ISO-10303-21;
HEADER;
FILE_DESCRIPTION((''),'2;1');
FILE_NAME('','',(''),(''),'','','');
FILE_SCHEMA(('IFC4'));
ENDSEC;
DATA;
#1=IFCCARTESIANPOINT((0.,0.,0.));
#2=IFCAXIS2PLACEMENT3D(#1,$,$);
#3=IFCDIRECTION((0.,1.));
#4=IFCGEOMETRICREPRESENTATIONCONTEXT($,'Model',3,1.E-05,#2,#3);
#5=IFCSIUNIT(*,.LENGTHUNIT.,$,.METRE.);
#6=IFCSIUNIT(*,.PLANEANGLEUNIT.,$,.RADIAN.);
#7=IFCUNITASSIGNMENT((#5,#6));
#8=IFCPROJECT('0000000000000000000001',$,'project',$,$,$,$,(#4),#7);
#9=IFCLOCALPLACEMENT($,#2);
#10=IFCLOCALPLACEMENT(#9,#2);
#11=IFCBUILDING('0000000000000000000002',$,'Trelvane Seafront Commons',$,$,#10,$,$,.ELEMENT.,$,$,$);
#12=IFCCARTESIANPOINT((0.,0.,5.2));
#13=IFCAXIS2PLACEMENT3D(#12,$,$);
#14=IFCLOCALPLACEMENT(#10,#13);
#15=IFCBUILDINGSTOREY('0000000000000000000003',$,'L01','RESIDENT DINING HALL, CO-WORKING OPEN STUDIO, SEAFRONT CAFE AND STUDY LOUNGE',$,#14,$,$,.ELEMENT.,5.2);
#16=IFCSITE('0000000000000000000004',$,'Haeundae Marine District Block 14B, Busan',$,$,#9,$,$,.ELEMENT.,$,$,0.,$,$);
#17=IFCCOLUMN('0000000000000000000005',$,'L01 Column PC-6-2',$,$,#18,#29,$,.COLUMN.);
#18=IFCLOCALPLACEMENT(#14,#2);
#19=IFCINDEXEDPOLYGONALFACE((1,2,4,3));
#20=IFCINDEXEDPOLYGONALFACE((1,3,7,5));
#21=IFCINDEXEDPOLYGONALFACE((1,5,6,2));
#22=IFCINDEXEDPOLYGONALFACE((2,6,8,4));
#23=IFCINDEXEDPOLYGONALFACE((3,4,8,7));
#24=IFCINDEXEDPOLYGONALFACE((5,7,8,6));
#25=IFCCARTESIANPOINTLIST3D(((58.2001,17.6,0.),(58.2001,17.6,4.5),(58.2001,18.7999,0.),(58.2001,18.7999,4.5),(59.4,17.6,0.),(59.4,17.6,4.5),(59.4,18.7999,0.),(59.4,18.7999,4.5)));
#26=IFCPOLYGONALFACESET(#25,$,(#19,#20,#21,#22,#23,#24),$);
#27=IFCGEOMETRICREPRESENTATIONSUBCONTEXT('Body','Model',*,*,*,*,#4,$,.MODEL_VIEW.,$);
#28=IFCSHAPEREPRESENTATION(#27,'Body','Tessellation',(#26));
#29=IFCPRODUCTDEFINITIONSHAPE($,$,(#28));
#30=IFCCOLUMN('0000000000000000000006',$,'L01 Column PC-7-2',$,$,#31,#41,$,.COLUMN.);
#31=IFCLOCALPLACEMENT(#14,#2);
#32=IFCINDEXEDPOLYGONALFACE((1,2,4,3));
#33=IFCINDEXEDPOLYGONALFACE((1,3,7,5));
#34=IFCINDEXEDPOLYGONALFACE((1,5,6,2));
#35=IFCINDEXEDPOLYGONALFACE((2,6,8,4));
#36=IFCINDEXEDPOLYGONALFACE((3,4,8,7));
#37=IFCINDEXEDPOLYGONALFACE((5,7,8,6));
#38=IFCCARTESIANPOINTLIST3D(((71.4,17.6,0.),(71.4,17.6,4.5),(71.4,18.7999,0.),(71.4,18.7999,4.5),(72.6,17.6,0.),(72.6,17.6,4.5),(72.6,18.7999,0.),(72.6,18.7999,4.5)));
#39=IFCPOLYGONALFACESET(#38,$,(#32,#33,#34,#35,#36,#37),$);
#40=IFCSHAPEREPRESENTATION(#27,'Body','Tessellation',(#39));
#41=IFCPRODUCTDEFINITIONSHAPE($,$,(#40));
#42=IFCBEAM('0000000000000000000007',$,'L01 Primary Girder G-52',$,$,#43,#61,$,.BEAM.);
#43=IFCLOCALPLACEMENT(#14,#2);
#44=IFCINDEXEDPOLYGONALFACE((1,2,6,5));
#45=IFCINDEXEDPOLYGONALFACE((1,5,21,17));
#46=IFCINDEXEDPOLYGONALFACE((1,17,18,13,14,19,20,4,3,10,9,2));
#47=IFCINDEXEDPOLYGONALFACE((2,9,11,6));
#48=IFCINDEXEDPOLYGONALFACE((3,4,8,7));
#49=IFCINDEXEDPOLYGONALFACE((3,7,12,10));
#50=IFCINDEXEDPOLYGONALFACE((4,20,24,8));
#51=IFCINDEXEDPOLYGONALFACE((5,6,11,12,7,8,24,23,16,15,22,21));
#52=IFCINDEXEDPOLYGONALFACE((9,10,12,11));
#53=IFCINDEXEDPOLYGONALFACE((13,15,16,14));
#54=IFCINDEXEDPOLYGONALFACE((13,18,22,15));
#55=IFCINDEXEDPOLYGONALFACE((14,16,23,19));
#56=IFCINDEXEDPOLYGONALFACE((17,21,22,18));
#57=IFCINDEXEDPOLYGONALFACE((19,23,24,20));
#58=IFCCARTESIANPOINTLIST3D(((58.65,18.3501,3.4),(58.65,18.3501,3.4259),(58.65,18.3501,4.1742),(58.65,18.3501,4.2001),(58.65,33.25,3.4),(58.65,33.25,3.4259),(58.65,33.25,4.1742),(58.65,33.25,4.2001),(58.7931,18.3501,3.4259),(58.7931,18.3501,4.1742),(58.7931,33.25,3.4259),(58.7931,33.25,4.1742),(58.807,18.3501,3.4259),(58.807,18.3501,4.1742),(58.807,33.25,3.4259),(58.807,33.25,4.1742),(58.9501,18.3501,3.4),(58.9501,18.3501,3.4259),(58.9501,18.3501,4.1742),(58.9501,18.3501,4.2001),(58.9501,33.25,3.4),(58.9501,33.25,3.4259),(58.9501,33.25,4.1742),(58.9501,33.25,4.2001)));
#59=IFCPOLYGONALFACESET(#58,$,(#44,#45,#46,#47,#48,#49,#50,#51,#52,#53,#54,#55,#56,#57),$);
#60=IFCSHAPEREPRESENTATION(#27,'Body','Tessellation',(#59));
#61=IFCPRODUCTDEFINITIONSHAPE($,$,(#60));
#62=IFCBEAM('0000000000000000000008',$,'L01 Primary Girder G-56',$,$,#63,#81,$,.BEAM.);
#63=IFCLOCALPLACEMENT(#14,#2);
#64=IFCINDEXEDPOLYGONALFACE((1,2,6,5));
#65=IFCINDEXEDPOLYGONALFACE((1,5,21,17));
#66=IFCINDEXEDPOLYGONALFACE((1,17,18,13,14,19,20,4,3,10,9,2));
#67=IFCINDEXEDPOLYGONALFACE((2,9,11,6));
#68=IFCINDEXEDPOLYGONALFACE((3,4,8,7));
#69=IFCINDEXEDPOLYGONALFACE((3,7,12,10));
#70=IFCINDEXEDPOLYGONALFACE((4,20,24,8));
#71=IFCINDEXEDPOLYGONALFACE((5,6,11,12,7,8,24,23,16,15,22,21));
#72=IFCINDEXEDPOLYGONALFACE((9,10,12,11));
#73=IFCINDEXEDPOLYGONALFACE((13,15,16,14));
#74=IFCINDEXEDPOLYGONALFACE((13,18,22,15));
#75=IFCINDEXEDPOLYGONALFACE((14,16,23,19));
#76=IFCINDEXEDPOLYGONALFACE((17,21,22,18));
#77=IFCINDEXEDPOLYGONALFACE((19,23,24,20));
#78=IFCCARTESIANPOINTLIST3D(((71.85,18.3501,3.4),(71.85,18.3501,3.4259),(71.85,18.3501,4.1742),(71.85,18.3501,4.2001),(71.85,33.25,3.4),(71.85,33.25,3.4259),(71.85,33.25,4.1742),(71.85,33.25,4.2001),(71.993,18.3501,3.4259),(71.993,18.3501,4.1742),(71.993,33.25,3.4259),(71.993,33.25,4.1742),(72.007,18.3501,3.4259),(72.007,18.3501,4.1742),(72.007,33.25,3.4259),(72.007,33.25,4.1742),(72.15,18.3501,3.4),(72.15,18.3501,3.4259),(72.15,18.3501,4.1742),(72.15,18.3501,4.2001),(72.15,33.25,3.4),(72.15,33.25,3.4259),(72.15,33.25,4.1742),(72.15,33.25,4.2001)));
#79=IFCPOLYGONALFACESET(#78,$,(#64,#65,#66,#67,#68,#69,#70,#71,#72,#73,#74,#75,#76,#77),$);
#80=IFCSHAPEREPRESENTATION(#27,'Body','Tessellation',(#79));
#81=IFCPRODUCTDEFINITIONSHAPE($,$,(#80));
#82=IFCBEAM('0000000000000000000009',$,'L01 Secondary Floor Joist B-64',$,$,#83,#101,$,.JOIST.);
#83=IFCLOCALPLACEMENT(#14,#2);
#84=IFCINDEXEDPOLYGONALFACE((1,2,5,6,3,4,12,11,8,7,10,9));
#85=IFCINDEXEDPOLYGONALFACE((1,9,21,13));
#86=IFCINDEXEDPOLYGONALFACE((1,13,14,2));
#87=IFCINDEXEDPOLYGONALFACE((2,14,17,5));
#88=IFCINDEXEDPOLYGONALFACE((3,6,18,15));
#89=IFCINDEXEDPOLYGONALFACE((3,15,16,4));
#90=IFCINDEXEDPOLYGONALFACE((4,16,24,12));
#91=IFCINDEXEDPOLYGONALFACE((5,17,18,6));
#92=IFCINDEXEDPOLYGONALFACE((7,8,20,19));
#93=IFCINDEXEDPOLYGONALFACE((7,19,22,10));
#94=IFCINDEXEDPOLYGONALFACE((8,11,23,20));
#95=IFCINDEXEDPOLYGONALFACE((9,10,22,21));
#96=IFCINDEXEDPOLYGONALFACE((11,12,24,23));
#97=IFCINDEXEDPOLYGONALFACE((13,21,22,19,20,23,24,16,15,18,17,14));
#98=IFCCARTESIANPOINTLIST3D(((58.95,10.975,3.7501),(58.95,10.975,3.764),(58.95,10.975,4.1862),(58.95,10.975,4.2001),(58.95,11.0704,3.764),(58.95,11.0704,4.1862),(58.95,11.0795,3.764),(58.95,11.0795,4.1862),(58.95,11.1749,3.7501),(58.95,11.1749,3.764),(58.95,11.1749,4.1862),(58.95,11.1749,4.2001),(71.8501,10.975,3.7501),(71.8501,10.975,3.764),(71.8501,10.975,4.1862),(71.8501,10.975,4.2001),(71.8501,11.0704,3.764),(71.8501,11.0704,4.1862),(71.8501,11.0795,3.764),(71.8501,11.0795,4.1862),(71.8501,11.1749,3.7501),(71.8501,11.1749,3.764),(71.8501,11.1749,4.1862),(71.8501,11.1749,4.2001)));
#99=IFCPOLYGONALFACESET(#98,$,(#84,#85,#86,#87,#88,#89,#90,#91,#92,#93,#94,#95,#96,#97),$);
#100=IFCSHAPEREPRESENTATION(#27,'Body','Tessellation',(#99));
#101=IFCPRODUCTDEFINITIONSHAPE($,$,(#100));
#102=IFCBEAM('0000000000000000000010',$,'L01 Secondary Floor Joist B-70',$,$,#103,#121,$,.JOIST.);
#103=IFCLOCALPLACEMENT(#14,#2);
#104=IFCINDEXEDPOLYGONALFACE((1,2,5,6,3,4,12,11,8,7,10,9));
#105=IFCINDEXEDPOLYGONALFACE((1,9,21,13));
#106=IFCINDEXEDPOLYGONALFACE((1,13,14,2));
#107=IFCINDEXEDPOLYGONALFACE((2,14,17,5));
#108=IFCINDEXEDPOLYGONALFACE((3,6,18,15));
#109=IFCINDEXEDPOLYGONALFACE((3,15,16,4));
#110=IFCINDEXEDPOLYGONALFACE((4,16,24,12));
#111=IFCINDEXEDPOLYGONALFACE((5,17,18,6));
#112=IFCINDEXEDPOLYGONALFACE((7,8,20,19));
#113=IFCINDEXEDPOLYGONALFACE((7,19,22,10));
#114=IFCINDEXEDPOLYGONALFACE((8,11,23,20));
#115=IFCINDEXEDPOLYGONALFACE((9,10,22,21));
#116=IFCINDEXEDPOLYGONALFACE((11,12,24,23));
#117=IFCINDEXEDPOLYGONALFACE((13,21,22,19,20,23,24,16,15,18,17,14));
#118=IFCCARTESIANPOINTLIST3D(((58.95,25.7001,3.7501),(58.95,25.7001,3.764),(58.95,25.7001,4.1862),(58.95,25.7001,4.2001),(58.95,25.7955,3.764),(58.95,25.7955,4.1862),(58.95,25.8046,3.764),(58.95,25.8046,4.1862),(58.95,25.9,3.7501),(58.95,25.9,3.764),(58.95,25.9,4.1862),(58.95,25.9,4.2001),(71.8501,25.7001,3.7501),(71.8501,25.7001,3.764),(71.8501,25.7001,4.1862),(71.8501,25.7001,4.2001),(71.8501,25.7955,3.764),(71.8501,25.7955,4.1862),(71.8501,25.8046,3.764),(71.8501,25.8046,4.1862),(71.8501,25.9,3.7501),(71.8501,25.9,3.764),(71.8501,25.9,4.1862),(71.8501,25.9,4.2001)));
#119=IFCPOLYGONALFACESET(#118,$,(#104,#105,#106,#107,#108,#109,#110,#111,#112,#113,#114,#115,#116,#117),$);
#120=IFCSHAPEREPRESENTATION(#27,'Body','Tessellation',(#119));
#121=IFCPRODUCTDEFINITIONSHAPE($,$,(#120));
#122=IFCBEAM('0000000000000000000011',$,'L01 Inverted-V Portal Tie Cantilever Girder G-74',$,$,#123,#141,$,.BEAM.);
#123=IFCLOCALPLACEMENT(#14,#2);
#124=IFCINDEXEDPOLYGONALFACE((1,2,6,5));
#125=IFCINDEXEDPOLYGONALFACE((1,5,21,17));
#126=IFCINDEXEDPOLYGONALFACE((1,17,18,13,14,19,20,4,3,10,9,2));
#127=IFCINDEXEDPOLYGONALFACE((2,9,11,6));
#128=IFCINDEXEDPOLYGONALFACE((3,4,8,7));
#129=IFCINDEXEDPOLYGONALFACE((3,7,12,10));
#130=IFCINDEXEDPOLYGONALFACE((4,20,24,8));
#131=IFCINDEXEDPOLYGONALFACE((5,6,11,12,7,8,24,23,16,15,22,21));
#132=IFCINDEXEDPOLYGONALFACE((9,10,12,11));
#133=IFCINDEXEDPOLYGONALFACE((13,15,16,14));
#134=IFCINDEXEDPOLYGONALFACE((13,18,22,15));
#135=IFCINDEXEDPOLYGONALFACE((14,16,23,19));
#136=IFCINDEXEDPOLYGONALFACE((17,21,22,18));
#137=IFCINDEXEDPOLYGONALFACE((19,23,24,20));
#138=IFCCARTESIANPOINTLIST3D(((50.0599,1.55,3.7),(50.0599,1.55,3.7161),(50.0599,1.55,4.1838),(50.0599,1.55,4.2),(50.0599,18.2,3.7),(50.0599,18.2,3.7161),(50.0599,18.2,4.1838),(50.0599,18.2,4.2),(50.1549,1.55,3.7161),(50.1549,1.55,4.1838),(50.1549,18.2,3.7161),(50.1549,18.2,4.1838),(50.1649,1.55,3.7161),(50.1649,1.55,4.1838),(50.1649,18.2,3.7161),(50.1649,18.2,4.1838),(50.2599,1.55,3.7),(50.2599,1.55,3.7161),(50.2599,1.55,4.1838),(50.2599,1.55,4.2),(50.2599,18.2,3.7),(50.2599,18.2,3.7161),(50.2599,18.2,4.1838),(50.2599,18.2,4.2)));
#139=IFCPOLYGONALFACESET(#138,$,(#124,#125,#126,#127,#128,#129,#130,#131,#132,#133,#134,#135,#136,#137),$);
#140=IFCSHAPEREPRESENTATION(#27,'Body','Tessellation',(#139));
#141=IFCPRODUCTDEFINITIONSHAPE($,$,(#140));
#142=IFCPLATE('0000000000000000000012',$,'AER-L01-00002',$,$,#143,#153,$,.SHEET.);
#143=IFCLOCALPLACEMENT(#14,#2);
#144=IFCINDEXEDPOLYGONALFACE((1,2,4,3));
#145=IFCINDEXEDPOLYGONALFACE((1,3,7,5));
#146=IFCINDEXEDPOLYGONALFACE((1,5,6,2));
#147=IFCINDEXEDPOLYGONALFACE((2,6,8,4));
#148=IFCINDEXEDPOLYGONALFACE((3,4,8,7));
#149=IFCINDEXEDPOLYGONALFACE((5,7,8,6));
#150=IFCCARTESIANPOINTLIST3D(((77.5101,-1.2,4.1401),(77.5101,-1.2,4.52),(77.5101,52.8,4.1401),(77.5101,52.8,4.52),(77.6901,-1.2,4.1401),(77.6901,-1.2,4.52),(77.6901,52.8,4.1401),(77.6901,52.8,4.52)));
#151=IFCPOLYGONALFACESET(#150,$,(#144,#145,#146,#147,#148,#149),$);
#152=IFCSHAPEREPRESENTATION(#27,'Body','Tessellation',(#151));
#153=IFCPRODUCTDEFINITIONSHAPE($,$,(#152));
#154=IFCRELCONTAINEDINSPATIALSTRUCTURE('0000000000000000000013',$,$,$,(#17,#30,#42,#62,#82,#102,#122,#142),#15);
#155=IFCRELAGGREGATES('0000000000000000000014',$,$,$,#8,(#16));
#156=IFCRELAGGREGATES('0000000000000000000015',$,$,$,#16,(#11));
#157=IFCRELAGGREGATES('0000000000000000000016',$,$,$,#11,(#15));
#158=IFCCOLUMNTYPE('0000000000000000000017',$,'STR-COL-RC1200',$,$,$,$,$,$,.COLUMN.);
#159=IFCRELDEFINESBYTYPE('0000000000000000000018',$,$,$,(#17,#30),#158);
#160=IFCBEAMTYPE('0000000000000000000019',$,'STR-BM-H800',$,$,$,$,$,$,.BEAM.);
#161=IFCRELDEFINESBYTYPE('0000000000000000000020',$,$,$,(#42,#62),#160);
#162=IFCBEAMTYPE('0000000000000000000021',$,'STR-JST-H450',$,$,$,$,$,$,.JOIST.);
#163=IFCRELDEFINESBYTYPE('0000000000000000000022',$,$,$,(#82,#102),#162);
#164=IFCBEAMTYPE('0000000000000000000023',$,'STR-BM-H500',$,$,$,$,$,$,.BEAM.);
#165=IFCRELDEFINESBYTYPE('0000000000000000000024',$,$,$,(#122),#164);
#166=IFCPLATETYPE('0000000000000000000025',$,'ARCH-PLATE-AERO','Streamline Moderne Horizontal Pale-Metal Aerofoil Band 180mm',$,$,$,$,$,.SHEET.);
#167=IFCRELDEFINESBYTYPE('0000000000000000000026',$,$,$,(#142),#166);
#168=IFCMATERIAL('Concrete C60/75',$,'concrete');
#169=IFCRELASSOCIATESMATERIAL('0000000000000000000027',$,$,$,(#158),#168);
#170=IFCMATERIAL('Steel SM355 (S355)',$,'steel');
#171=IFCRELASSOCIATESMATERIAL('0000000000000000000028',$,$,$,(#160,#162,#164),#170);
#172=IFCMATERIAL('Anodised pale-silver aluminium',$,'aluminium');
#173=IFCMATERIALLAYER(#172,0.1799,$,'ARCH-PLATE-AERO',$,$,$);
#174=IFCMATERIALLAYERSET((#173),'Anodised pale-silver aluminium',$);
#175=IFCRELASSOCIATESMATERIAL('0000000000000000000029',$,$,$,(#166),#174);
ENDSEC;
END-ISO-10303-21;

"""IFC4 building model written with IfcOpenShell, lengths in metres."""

from ifc_helpers import new_model, si_unit, direction, frame, origin, origin_2d, place, context, subcontext, project, spatial, rectangle, i_section, extrude, source, transform, mapped, material, layer, layer_set, material_profile, profile_set, type_object, element, save


model = new_model("IFC4")

# Units and contexts
model_context = context("Model", 3, precision=1e-05, world=origin(), true_north=direction((0.0, 1.0)))
body_context = subcontext(model_context, "Body", "Model", "MODEL_VIEW")
ifc_project = project(units=[si_unit("LENGTHUNIT", "METRE"), si_unit("PLANEANGLEUNIT", "RADIAN")], contexts=[model_context])

# Site, building, storey
site_placement = place(None, origin())
site = spatial("IfcSite", under=ifc_project, at=site_placement, Name="Haeundae Marine District Block 14B, Busan", CompositionType="ELEMENT", RefElevation=0.0)
building_placement = place(site_placement, origin())
building = spatial("IfcBuilding", under=site, at=building_placement, Name="Trelvane Seafront Commons", CompositionType="ELEMENT")
storey_placement = place(building_placement, frame((0.0, 0.0, 5.2)))
storey = spatial("IfcBuildingStorey", under=building, at=storey_placement, Name="L01", Description="RESIDENT DINING HALL, CO-WORKING OPEN STUDIO, SEAFRONT CAFE AND STUDY LOUNGE", CompositionType="ELEMENT", Elevation=5.2)

# Columns
ifc_material_1 = material(Name="Concrete C60/75", Category="concrete")
ifc_material_profile_1 = material_profile(ifc_material_1, rectangle(XDim=1.2, YDim=1.2, at=origin_2d()), Name="RC-1200x1200")
ifc_profile_set_1 = profile_set([ifc_material_profile_1], Name="Concrete C60/75")
column_type = type_object("IfcColumnType", Name="STR-COL-RC1200", PredefinedType="COLUMN", material=ifc_profile_set_1)
shared_shape_1 = source(origin(), body_context, "Body", "SweptSolid", [
    extrude(rectangle(XDim=1.2, YDim=1.2, at=origin_2d()), origin(), (0.0, 0.0, 1.0), 4.5),
])
for number, where, z_axis, x_axis, name in (
    (1, (58.8, 18.2, 0.0), (0.0, 0.0, 1.0), (1.0, 0.0, 0.0), "L01 Column PC-6-2"),
    (2, (72.0, 18.2, 0.0), (0.0, 0.0, 1.0), (1.0, 0.0, 0.0), "L01 Column PC-7-2"),
):
    element("IfcColumn", number, at=place(storey_placement, frame(where, z_axis=z_axis, x_axis=x_axis)), inside=storey, type_object=column_type, Name=name, PredefinedType="COLUMN", context=body_context, shape_type="MappedRepresentation", body=[
        mapped(shared_shape_1, transform((0.0, 0.0, 0.0), x_axis=(1.0, 0.0, 0.0), y_axis=(0.0, 1.0, 0.0), z_axis=(0.0, 0.0, 1.0), scale=1.0)),
    ])

# Beams
ifc_material_2 = material(Name="Steel SM355 (S355)", Category="steel")
ifc_material_profile_2 = material_profile(ifc_material_2, i_section(OverallWidth=0.3, OverallDepth=0.8, WebThickness=0.0139, FlangeThickness=0.0259, at=origin_2d()), Name="H-800x300x14x26")
ifc_profile_set_2 = profile_set([ifc_material_profile_2], Name="Steel SM355 (S355)")
beam_type_1 = type_object("IfcBeamType", Name="STR-BM-H800", PredefinedType="BEAM", material=ifc_profile_set_2)
shared_shape_2 = source(origin(), body_context, "Body", "SweptSolid", [
    extrude(i_section(OverallWidth=0.3, OverallDepth=0.8, WebThickness=0.0139, FlangeThickness=0.0259, at=origin_2d()), origin(), (0.0, 0.0, 1.0), 14.8999),
])
for number, where, z_axis, x_axis, name in (
    (3, (58.8, 18.3501, 3.8), (0.0, 1.0, 0.0), (-1.0, 0.0, 0.0), "L01 Primary Girder G-52"),
    (4, (72.0, 18.3501, 3.8), (0.0, 1.0, 0.0), (-1.0, 0.0, 0.0), "L01 Primary Girder G-56"),
):
    element("IfcBeam", number, at=place(storey_placement, frame(where, z_axis=z_axis, x_axis=x_axis)), inside=storey, type_object=beam_type_1, Name=name, PredefinedType="BEAM", context=body_context, shape_type="MappedRepresentation", body=[
        mapped(shared_shape_2, transform((0.0, 0.0, 0.0), x_axis=(1.0, 0.0, 0.0), y_axis=(0.0, 1.0, 0.0), z_axis=(0.0, 0.0, 1.0), scale=1.0)),
    ])
ifc_material_profile_3 = material_profile(ifc_material_2, i_section(OverallWidth=0.2, OverallDepth=0.45, WebThickness=0.009, FlangeThickness=0.0139, at=origin_2d()), Name="H-450x200x9x14")
ifc_profile_set_3 = profile_set([ifc_material_profile_3], Name="Steel SM355 (S355)")
beam_type_2 = type_object("IfcBeamType", Name="STR-JST-H450", PredefinedType="JOIST", material=ifc_profile_set_3)
shared_shape_3 = source(origin(), body_context, "Body", "SweptSolid", [
    extrude(i_section(OverallWidth=0.2, OverallDepth=0.45, WebThickness=0.009, FlangeThickness=0.0139, at=origin_2d()), origin(), (0.0, 0.0, 1.0), 12.9001),
])
for number, where, z_axis, x_axis, name in (
    (5, (58.95, 11.075, 3.9751), (1.0, 0.0, 0.0), (0.0, 1.0, 0.0), "L01 Secondary Floor Joist B-64"),
    (6, (58.95, 25.8, 3.9751), (1.0, 0.0, 0.0), (0.0, 1.0, 0.0), "L01 Secondary Floor Joist B-70"),
):
    element("IfcBeam", number, at=place(storey_placement, frame(where, z_axis=z_axis, x_axis=x_axis)), inside=storey, type_object=beam_type_2, Name=name, PredefinedType="JOIST", context=body_context, shape_type="MappedRepresentation", body=[
        mapped(shared_shape_3, transform((0.0, 0.0, 0.0), x_axis=(1.0, 0.0, 0.0), y_axis=(0.0, 1.0, 0.0), z_axis=(0.0, 0.0, 1.0), scale=1.0)),
    ])
ifc_material_profile_4 = material_profile(ifc_material_2, i_section(OverallWidth=0.2, OverallDepth=0.5, WebThickness=0.01, FlangeThickness=0.0161, at=origin_2d()), Name="H-500x200x10x16")
ifc_profile_set_4 = profile_set([ifc_material_profile_4], Name="Steel SM355 (S355)")
beam_type_3 = type_object("IfcBeamType", Name="STR-BM-H500", PredefinedType="BEAM", material=ifc_profile_set_4)
shared_shape_4 = source(origin(), body_context, "Body", "SweptSolid", [
    extrude(i_section(OverallWidth=0.2, OverallDepth=0.5, WebThickness=0.01, FlangeThickness=0.0161, at=origin_2d()), origin(), (0.0, 0.0, 1.0), 16.6499),
])
beam_placement = place(storey_placement, frame((50.1599, 18.2, 3.95), z_axis=(0.0, -1.0, 0.0), x_axis=(1.0, 0.0, 0.0)))
element("IfcBeam", 7, at=beam_placement, inside=storey, type_object=beam_type_3, Name="L01 Inverted-V Portal Tie Cantilever Girder G-74", PredefinedType="BEAM", context=body_context, shape_type="MappedRepresentation", body=[
    mapped(shared_shape_4, transform((0.0, 0.0, 0.0), x_axis=(1.0, 0.0, 0.0), y_axis=(0.0, 1.0, 0.0), z_axis=(0.0, 0.0, 1.0), scale=1.0)),
])

# Plate
ifc_material_3 = material(Name="Anodised pale-silver aluminium", Category="aluminium")
ifc_layer_1 = layer(ifc_material_3, 0.1799, Name="ARCH-PLATE-AERO")
ifc_layer_set_1 = layer_set([ifc_layer_1], Name="Anodised pale-silver aluminium")
plate_type = type_object("IfcPlateType", Name="ARCH-PLATE-AERO", Description="Streamline Moderne Horizontal Pale-Metal Aerofoil Band 180mm", PredefinedType="SHEET", material=ifc_layer_set_1)
shared_shape_5 = source(origin(), body_context, "Body", "SweptSolid", [
    extrude(rectangle(XDim=54.0, YDim=0.1799, at=origin_2d()), origin(), (0.0, 0.0, 1.0), 0.3799),
])
plate_placement = place(storey_placement, frame((77.6001, 25.8, 4.1401), z_axis=(0.0, 0.0, 1.0), x_axis=(0.0, -1.0, 0.0)))
element("IfcPlate", 8, at=plate_placement, inside=storey, type_object=plate_type, Name="AER-L01-00002", PredefinedType="SHEET", context=body_context, shape_type="MappedRepresentation", body=[
    mapped(shared_shape_5, transform((0.0, 0.0, 0.0), x_axis=(1.0, 0.0, 0.0), y_axis=(0.0, 1.0, 0.0), z_axis=(0.0, 0.0, 1.0), scale=1.0)),
])

save(model, "model.ifc")
